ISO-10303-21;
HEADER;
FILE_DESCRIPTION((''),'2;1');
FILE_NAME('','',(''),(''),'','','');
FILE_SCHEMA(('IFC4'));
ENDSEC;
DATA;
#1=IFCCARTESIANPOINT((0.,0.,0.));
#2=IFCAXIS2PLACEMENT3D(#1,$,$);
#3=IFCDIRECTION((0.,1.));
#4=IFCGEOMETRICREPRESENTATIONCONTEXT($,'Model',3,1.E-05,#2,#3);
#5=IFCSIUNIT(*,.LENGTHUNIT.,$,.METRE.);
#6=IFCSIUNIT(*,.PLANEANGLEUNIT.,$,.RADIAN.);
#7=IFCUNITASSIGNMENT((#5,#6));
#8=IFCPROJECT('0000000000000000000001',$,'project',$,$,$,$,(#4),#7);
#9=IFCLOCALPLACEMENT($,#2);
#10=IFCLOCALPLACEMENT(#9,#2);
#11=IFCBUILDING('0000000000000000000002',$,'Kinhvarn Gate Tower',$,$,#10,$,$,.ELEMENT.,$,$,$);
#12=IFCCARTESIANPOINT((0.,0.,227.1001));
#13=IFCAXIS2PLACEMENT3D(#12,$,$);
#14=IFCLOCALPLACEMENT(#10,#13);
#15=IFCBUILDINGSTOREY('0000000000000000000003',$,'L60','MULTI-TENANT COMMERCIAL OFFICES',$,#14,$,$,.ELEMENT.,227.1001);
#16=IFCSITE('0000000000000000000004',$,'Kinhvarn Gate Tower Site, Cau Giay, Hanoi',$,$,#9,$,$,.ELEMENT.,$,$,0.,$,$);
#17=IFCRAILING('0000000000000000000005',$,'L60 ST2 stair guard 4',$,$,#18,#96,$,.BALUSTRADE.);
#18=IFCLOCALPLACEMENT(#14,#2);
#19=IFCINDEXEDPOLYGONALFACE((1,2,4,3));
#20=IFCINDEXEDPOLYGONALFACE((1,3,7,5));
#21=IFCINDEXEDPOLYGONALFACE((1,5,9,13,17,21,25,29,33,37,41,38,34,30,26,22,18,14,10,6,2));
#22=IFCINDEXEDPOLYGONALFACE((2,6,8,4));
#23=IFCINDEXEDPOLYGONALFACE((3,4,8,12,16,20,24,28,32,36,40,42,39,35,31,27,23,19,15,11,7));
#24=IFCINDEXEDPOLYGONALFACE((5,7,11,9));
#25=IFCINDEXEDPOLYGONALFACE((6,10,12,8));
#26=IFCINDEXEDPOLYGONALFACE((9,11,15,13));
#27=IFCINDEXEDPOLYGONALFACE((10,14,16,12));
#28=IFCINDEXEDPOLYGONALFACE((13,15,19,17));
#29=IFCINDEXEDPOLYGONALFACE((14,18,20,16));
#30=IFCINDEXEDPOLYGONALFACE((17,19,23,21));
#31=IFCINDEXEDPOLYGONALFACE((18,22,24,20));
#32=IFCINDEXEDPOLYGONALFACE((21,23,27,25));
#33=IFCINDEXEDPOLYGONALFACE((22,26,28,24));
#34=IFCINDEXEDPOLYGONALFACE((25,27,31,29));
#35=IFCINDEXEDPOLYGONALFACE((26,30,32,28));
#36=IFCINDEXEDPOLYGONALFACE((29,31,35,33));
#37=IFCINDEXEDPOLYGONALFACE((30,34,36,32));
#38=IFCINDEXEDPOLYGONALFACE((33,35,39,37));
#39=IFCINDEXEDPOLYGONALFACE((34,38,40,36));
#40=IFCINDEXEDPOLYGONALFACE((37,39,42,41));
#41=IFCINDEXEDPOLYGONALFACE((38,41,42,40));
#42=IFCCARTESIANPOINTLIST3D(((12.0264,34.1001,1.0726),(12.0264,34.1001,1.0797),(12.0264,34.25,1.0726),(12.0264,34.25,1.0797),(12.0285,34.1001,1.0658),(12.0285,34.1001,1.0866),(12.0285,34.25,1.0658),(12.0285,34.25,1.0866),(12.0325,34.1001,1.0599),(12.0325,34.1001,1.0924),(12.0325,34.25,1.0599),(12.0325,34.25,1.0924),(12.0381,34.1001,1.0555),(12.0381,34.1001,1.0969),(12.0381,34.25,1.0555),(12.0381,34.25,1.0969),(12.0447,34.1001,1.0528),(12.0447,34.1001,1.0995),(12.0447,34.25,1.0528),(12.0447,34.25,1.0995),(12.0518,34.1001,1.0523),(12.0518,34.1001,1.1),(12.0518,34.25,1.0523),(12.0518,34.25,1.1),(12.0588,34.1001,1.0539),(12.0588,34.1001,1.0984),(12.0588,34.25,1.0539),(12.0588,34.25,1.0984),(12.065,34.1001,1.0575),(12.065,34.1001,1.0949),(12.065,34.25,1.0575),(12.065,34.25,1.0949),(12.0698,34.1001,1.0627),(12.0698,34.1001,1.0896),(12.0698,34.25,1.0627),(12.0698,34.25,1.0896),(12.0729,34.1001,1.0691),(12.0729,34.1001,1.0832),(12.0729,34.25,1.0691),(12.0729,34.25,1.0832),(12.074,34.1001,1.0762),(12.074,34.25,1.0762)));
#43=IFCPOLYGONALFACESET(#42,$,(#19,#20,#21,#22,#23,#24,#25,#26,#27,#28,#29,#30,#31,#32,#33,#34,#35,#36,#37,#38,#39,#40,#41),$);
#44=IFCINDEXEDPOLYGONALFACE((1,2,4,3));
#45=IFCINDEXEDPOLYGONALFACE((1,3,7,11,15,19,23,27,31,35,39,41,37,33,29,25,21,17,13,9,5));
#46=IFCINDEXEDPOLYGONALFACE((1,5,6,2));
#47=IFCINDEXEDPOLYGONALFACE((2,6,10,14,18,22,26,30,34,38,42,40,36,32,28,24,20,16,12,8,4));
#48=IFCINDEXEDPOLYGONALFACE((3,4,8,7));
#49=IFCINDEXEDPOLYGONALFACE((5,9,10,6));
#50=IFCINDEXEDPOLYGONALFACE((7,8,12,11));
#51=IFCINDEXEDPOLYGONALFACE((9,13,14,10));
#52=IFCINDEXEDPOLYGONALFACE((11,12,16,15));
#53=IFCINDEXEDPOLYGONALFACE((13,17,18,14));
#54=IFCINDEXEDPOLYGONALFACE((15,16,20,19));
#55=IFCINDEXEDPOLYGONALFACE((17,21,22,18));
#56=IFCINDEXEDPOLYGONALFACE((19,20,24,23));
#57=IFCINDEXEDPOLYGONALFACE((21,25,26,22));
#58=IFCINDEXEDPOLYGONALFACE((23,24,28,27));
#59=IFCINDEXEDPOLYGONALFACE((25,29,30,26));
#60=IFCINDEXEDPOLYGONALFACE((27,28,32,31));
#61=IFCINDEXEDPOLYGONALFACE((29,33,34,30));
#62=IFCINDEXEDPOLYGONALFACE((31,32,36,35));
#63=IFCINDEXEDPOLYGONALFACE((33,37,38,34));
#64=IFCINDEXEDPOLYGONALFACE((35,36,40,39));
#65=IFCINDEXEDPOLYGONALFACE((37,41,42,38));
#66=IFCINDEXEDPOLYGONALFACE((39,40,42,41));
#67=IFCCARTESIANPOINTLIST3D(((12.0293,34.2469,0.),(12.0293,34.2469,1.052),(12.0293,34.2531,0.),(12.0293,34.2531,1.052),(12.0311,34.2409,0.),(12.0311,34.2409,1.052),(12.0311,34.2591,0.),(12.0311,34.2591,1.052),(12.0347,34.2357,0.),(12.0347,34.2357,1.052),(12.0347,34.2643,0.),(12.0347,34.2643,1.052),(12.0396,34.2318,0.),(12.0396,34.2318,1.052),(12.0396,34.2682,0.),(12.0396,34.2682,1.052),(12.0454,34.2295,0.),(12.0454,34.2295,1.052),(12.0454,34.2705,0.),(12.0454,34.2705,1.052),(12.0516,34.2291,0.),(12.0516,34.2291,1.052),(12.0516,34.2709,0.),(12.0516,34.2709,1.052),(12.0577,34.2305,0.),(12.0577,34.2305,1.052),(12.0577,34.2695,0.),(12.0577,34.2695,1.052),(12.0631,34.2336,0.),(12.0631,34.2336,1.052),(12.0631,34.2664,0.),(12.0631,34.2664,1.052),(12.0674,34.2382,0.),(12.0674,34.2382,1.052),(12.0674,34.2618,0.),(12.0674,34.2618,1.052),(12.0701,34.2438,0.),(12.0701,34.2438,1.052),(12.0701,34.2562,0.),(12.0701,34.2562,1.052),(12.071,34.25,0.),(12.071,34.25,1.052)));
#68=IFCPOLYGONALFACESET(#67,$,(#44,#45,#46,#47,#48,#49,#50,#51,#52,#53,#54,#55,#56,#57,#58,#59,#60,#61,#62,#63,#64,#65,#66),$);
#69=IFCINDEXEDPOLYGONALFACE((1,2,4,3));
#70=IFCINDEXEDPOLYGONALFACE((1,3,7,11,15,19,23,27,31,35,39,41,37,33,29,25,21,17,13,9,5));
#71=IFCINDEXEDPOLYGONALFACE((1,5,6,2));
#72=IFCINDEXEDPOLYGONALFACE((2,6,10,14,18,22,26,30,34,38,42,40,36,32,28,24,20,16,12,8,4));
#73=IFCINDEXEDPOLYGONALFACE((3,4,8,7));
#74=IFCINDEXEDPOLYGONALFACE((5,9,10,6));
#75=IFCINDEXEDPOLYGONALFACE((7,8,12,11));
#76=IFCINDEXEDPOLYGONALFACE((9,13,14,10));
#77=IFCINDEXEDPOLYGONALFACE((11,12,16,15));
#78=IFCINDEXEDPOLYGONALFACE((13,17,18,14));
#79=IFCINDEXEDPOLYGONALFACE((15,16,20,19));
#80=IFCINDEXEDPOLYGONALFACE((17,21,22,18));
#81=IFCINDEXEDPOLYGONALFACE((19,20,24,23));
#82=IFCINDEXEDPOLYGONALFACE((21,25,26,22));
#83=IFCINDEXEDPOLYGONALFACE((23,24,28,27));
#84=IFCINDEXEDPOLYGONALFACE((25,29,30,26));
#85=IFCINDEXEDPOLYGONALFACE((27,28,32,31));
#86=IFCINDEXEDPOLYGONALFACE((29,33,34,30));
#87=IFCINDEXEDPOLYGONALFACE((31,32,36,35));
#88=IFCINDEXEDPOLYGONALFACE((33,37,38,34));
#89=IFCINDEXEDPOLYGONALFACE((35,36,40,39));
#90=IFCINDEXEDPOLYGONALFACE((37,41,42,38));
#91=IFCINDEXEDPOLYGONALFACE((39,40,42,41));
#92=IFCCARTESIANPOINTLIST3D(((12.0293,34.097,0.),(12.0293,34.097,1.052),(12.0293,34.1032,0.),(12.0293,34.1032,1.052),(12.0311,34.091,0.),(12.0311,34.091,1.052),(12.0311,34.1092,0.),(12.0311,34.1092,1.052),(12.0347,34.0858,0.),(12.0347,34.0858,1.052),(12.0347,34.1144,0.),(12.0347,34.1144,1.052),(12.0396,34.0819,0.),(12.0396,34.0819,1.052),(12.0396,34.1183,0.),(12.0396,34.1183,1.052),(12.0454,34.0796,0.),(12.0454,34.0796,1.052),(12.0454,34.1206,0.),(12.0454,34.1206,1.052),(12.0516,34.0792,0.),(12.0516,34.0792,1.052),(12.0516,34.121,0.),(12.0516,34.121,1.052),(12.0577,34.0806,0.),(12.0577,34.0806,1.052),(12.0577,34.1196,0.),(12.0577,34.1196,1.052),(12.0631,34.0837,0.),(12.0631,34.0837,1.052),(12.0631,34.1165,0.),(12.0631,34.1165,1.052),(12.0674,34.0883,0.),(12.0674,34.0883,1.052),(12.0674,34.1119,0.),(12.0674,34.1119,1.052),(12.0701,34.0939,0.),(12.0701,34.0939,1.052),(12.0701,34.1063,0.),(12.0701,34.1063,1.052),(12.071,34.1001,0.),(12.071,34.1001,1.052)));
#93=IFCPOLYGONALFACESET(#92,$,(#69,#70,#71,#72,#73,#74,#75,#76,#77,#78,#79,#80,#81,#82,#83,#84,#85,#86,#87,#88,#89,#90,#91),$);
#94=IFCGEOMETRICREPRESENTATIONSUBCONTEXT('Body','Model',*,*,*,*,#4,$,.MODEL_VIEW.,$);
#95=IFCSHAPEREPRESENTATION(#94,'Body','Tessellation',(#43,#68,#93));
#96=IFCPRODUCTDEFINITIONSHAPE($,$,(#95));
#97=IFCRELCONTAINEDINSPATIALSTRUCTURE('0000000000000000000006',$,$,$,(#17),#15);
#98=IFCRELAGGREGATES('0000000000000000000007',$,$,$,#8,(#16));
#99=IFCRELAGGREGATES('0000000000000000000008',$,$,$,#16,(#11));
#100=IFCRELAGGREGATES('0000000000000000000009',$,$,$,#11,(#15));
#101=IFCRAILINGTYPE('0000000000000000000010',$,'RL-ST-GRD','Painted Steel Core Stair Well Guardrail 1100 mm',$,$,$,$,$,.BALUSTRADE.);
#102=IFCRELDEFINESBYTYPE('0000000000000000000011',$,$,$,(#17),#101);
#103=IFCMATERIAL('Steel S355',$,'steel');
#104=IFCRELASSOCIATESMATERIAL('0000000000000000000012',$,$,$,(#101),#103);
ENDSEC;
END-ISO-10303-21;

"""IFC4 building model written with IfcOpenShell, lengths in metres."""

from ifc_helpers import new_model, si_unit, direction, frame, origin, origin_2d, place, context, subcontext, project, spatial, circle, extrude, material, type_object, element, save


model = new_model("IFC4")

# Units and contexts
model_context = context("Model", 3, precision=1e-05, world=origin(), true_north=direction((0.0, 1.0)))
body_context = subcontext(model_context, "Body", "Model", "MODEL_VIEW")
ifc_project = project(units=[si_unit("LENGTHUNIT", "METRE"), si_unit("PLANEANGLEUNIT", "RADIAN")], contexts=[model_context])

# Site, building, storey
site_placement = place(None, origin())
site = spatial("IfcSite", under=ifc_project, at=site_placement, Name="Kinhvarn Gate Tower Site, Cau Giay, Hanoi", CompositionType="ELEMENT", RefElevation=0.0)
building_placement = place(site_placement, origin())
building = spatial("IfcBuilding", under=site, at=building_placement, Name="Kinhvarn Gate Tower", CompositionType="ELEMENT")
storey_placement = place(building_placement, frame((0.0, 0.0, 227.1001)))
storey = spatial("IfcBuildingStorey", under=building, at=storey_placement, Name="L60", Description="MULTI-TENANT COMMERCIAL OFFICES", CompositionType="ELEMENT", Elevation=227.1001)

# Shared definitions
ifc_material_1 = material(Name="Steel S355", Category="steel")

# Railing
railing_type_1 = type_object("IfcRailingType", Name="RL-ST-GRD", Description="Painted Steel Core Stair Well Guardrail 1100 mm", PredefinedType="BALUSTRADE", material=ifc_material_1)
railing_1_placement = place(storey_placement, frame((12.05, 34.25, 0.0)))
element("IfcRailing", 1, at=railing_1_placement, inside=storey, type_object=railing_type_1, Name="L60 ST2 stair guard 4", PredefinedType="BALUSTRADE", context=body_context, shape_type="SweptSolid", body=[
    extrude(circle(Radius=0.0239, at=origin_2d()), frame((0.0, 0.0, 1.0762), z_axis=(0.0, -1.0, 0.0), x_axis=(1.0, 0.0, 0.0)), (0.0, 0.0, 1.0), 0.1499),
    extrude(circle(Radius=0.021, at=origin_2d()), origin(), (0.0, 0.0, 1.0), 1.052),
    extrude(circle(Radius=0.021, at=origin_2d()), frame((0.0, -0.1499, 0.0)), (0.0, 0.0, 1.0), 1.052),
])

save(model, "model.ifc")
